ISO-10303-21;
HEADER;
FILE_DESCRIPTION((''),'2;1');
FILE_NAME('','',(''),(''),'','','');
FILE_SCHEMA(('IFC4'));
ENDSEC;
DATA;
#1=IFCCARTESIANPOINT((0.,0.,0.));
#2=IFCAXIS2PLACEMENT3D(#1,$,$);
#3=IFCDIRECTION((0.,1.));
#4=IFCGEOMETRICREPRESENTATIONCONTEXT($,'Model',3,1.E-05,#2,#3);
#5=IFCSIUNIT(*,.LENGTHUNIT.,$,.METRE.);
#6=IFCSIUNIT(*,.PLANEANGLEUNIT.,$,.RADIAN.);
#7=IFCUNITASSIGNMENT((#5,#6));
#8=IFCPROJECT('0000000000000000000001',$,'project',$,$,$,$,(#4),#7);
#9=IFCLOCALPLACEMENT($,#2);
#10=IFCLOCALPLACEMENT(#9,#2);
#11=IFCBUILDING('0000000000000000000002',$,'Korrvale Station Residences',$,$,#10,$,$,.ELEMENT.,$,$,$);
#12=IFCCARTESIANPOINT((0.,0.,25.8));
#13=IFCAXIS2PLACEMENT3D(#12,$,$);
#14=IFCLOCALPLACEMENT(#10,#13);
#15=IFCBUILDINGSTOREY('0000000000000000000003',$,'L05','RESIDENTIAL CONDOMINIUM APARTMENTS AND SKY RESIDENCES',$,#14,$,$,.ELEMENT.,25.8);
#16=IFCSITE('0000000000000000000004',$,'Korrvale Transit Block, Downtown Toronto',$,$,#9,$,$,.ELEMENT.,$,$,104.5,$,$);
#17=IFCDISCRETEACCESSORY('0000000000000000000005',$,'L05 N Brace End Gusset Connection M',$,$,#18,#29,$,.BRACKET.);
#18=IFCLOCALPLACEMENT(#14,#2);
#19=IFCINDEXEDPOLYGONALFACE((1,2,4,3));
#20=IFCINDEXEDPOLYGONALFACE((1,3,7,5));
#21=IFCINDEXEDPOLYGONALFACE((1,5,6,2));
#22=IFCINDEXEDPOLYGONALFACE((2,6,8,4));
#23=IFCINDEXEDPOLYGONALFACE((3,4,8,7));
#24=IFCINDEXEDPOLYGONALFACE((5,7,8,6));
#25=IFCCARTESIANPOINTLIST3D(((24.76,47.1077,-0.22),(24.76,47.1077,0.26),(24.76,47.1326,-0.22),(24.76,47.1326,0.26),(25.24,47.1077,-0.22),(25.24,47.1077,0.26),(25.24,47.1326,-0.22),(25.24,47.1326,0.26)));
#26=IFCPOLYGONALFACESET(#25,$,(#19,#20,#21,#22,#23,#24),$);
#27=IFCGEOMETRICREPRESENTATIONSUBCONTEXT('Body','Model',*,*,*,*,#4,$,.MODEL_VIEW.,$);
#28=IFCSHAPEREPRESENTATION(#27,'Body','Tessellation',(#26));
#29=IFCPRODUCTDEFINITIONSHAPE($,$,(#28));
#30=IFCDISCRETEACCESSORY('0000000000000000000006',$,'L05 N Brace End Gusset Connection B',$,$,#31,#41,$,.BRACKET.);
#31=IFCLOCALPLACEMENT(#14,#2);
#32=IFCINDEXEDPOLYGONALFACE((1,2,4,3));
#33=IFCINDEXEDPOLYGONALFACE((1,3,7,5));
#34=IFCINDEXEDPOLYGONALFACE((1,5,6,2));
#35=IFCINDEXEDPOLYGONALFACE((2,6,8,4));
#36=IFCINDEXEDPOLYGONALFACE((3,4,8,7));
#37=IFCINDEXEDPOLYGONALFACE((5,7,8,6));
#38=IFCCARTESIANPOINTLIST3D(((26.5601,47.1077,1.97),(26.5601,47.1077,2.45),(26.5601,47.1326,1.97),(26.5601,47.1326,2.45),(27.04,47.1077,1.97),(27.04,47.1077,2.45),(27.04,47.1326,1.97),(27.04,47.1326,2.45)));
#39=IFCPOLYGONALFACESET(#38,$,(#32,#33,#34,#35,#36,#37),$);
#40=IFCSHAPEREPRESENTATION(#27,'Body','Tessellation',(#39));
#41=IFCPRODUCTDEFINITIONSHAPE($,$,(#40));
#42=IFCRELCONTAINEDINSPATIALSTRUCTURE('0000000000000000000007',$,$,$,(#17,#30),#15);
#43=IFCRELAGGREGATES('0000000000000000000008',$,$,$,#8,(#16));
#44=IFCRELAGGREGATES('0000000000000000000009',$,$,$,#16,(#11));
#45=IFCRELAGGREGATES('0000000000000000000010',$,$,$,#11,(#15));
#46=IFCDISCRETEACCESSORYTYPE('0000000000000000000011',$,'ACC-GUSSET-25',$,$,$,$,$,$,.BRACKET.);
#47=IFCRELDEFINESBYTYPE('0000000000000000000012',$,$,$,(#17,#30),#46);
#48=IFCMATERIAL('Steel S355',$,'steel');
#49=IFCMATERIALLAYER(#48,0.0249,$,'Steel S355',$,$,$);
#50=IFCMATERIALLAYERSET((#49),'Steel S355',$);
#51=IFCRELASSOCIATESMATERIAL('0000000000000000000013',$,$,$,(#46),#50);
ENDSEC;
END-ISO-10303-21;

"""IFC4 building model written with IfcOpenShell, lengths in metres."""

from ifc_helpers import new_model, si_unit, direction, frame, origin, origin_2d, place, context, subcontext, project, spatial, rectangle, extrude, material, layer, layer_set, type_object, element, save


model = new_model("IFC4")

# Units and contexts
model_context = context("Model", 3, precision=1e-05, world=origin(), true_north=direction((0.0, 1.0)))
body_context = subcontext(model_context, "Body", "Model", "MODEL_VIEW")
ifc_project = project(units=[si_unit("LENGTHUNIT", "METRE"), si_unit("PLANEANGLEUNIT", "RADIAN")], contexts=[model_context])

# Site, building, storey
site_placement = place(None, origin())
site = spatial("IfcSite", under=ifc_project, at=site_placement, Name="Korrvale Transit Block, Downtown Toronto", CompositionType="ELEMENT", RefElevation=104.5)
building_placement = place(site_placement, origin())
building = spatial("IfcBuilding", under=site, at=building_placement, Name="Korrvale Station Residences", CompositionType="ELEMENT")
storey_placement = place(building_placement, frame((0.0, 0.0, 25.8)))
storey = spatial("IfcBuildingStorey", under=building, at=storey_placement, Name="L05", Description="RESIDENTIAL CONDOMINIUM APARTMENTS AND SKY RESIDENCES", CompositionType="ELEMENT", Elevation=25.8)

# Shared definitions
ifc_material_1 = material(Name="Steel S355", Category="steel")

# Discrete accessories
ifc_layer_1 = layer(ifc_material_1, 0.0249, Name="Steel S355")
ifc_layer_set_1 = layer_set([ifc_layer_1], Name="Steel S355")
discrete_accessory_type = type_object("IfcDiscreteAccessoryType", Name="ACC-GUSSET-25", PredefinedType="BRACKET", material=ifc_layer_set_1)
for number, where, z_axis, x_axis, name in (
    (1, (25.0, 47.1201, -0.22), (0.0, 0.0, 1.0), (1.0, 0.0, 0.0), "L05 N Brace End Gusset Connection M"),
    (2, (26.8, 47.1201, 1.97), (0.0, 0.0, 1.0), (1.0, 0.0, 0.0), "L05 N Brace End Gusset Connection B"),
):
    element("IfcDiscreteAccessory", number, at=place(storey_placement, frame(where, z_axis=z_axis, x_axis=x_axis)), inside=storey, type_object=discrete_accessory_type, Name=name, PredefinedType="BRACKET", context=body_context, shape_type="SweptSolid", body=[
        extrude(rectangle(XDim=0.48, YDim=0.0249, at=origin_2d()), origin(), (0.0, 0.0, 1.0), 0.48),
    ])

save(model, "model.ifc")
